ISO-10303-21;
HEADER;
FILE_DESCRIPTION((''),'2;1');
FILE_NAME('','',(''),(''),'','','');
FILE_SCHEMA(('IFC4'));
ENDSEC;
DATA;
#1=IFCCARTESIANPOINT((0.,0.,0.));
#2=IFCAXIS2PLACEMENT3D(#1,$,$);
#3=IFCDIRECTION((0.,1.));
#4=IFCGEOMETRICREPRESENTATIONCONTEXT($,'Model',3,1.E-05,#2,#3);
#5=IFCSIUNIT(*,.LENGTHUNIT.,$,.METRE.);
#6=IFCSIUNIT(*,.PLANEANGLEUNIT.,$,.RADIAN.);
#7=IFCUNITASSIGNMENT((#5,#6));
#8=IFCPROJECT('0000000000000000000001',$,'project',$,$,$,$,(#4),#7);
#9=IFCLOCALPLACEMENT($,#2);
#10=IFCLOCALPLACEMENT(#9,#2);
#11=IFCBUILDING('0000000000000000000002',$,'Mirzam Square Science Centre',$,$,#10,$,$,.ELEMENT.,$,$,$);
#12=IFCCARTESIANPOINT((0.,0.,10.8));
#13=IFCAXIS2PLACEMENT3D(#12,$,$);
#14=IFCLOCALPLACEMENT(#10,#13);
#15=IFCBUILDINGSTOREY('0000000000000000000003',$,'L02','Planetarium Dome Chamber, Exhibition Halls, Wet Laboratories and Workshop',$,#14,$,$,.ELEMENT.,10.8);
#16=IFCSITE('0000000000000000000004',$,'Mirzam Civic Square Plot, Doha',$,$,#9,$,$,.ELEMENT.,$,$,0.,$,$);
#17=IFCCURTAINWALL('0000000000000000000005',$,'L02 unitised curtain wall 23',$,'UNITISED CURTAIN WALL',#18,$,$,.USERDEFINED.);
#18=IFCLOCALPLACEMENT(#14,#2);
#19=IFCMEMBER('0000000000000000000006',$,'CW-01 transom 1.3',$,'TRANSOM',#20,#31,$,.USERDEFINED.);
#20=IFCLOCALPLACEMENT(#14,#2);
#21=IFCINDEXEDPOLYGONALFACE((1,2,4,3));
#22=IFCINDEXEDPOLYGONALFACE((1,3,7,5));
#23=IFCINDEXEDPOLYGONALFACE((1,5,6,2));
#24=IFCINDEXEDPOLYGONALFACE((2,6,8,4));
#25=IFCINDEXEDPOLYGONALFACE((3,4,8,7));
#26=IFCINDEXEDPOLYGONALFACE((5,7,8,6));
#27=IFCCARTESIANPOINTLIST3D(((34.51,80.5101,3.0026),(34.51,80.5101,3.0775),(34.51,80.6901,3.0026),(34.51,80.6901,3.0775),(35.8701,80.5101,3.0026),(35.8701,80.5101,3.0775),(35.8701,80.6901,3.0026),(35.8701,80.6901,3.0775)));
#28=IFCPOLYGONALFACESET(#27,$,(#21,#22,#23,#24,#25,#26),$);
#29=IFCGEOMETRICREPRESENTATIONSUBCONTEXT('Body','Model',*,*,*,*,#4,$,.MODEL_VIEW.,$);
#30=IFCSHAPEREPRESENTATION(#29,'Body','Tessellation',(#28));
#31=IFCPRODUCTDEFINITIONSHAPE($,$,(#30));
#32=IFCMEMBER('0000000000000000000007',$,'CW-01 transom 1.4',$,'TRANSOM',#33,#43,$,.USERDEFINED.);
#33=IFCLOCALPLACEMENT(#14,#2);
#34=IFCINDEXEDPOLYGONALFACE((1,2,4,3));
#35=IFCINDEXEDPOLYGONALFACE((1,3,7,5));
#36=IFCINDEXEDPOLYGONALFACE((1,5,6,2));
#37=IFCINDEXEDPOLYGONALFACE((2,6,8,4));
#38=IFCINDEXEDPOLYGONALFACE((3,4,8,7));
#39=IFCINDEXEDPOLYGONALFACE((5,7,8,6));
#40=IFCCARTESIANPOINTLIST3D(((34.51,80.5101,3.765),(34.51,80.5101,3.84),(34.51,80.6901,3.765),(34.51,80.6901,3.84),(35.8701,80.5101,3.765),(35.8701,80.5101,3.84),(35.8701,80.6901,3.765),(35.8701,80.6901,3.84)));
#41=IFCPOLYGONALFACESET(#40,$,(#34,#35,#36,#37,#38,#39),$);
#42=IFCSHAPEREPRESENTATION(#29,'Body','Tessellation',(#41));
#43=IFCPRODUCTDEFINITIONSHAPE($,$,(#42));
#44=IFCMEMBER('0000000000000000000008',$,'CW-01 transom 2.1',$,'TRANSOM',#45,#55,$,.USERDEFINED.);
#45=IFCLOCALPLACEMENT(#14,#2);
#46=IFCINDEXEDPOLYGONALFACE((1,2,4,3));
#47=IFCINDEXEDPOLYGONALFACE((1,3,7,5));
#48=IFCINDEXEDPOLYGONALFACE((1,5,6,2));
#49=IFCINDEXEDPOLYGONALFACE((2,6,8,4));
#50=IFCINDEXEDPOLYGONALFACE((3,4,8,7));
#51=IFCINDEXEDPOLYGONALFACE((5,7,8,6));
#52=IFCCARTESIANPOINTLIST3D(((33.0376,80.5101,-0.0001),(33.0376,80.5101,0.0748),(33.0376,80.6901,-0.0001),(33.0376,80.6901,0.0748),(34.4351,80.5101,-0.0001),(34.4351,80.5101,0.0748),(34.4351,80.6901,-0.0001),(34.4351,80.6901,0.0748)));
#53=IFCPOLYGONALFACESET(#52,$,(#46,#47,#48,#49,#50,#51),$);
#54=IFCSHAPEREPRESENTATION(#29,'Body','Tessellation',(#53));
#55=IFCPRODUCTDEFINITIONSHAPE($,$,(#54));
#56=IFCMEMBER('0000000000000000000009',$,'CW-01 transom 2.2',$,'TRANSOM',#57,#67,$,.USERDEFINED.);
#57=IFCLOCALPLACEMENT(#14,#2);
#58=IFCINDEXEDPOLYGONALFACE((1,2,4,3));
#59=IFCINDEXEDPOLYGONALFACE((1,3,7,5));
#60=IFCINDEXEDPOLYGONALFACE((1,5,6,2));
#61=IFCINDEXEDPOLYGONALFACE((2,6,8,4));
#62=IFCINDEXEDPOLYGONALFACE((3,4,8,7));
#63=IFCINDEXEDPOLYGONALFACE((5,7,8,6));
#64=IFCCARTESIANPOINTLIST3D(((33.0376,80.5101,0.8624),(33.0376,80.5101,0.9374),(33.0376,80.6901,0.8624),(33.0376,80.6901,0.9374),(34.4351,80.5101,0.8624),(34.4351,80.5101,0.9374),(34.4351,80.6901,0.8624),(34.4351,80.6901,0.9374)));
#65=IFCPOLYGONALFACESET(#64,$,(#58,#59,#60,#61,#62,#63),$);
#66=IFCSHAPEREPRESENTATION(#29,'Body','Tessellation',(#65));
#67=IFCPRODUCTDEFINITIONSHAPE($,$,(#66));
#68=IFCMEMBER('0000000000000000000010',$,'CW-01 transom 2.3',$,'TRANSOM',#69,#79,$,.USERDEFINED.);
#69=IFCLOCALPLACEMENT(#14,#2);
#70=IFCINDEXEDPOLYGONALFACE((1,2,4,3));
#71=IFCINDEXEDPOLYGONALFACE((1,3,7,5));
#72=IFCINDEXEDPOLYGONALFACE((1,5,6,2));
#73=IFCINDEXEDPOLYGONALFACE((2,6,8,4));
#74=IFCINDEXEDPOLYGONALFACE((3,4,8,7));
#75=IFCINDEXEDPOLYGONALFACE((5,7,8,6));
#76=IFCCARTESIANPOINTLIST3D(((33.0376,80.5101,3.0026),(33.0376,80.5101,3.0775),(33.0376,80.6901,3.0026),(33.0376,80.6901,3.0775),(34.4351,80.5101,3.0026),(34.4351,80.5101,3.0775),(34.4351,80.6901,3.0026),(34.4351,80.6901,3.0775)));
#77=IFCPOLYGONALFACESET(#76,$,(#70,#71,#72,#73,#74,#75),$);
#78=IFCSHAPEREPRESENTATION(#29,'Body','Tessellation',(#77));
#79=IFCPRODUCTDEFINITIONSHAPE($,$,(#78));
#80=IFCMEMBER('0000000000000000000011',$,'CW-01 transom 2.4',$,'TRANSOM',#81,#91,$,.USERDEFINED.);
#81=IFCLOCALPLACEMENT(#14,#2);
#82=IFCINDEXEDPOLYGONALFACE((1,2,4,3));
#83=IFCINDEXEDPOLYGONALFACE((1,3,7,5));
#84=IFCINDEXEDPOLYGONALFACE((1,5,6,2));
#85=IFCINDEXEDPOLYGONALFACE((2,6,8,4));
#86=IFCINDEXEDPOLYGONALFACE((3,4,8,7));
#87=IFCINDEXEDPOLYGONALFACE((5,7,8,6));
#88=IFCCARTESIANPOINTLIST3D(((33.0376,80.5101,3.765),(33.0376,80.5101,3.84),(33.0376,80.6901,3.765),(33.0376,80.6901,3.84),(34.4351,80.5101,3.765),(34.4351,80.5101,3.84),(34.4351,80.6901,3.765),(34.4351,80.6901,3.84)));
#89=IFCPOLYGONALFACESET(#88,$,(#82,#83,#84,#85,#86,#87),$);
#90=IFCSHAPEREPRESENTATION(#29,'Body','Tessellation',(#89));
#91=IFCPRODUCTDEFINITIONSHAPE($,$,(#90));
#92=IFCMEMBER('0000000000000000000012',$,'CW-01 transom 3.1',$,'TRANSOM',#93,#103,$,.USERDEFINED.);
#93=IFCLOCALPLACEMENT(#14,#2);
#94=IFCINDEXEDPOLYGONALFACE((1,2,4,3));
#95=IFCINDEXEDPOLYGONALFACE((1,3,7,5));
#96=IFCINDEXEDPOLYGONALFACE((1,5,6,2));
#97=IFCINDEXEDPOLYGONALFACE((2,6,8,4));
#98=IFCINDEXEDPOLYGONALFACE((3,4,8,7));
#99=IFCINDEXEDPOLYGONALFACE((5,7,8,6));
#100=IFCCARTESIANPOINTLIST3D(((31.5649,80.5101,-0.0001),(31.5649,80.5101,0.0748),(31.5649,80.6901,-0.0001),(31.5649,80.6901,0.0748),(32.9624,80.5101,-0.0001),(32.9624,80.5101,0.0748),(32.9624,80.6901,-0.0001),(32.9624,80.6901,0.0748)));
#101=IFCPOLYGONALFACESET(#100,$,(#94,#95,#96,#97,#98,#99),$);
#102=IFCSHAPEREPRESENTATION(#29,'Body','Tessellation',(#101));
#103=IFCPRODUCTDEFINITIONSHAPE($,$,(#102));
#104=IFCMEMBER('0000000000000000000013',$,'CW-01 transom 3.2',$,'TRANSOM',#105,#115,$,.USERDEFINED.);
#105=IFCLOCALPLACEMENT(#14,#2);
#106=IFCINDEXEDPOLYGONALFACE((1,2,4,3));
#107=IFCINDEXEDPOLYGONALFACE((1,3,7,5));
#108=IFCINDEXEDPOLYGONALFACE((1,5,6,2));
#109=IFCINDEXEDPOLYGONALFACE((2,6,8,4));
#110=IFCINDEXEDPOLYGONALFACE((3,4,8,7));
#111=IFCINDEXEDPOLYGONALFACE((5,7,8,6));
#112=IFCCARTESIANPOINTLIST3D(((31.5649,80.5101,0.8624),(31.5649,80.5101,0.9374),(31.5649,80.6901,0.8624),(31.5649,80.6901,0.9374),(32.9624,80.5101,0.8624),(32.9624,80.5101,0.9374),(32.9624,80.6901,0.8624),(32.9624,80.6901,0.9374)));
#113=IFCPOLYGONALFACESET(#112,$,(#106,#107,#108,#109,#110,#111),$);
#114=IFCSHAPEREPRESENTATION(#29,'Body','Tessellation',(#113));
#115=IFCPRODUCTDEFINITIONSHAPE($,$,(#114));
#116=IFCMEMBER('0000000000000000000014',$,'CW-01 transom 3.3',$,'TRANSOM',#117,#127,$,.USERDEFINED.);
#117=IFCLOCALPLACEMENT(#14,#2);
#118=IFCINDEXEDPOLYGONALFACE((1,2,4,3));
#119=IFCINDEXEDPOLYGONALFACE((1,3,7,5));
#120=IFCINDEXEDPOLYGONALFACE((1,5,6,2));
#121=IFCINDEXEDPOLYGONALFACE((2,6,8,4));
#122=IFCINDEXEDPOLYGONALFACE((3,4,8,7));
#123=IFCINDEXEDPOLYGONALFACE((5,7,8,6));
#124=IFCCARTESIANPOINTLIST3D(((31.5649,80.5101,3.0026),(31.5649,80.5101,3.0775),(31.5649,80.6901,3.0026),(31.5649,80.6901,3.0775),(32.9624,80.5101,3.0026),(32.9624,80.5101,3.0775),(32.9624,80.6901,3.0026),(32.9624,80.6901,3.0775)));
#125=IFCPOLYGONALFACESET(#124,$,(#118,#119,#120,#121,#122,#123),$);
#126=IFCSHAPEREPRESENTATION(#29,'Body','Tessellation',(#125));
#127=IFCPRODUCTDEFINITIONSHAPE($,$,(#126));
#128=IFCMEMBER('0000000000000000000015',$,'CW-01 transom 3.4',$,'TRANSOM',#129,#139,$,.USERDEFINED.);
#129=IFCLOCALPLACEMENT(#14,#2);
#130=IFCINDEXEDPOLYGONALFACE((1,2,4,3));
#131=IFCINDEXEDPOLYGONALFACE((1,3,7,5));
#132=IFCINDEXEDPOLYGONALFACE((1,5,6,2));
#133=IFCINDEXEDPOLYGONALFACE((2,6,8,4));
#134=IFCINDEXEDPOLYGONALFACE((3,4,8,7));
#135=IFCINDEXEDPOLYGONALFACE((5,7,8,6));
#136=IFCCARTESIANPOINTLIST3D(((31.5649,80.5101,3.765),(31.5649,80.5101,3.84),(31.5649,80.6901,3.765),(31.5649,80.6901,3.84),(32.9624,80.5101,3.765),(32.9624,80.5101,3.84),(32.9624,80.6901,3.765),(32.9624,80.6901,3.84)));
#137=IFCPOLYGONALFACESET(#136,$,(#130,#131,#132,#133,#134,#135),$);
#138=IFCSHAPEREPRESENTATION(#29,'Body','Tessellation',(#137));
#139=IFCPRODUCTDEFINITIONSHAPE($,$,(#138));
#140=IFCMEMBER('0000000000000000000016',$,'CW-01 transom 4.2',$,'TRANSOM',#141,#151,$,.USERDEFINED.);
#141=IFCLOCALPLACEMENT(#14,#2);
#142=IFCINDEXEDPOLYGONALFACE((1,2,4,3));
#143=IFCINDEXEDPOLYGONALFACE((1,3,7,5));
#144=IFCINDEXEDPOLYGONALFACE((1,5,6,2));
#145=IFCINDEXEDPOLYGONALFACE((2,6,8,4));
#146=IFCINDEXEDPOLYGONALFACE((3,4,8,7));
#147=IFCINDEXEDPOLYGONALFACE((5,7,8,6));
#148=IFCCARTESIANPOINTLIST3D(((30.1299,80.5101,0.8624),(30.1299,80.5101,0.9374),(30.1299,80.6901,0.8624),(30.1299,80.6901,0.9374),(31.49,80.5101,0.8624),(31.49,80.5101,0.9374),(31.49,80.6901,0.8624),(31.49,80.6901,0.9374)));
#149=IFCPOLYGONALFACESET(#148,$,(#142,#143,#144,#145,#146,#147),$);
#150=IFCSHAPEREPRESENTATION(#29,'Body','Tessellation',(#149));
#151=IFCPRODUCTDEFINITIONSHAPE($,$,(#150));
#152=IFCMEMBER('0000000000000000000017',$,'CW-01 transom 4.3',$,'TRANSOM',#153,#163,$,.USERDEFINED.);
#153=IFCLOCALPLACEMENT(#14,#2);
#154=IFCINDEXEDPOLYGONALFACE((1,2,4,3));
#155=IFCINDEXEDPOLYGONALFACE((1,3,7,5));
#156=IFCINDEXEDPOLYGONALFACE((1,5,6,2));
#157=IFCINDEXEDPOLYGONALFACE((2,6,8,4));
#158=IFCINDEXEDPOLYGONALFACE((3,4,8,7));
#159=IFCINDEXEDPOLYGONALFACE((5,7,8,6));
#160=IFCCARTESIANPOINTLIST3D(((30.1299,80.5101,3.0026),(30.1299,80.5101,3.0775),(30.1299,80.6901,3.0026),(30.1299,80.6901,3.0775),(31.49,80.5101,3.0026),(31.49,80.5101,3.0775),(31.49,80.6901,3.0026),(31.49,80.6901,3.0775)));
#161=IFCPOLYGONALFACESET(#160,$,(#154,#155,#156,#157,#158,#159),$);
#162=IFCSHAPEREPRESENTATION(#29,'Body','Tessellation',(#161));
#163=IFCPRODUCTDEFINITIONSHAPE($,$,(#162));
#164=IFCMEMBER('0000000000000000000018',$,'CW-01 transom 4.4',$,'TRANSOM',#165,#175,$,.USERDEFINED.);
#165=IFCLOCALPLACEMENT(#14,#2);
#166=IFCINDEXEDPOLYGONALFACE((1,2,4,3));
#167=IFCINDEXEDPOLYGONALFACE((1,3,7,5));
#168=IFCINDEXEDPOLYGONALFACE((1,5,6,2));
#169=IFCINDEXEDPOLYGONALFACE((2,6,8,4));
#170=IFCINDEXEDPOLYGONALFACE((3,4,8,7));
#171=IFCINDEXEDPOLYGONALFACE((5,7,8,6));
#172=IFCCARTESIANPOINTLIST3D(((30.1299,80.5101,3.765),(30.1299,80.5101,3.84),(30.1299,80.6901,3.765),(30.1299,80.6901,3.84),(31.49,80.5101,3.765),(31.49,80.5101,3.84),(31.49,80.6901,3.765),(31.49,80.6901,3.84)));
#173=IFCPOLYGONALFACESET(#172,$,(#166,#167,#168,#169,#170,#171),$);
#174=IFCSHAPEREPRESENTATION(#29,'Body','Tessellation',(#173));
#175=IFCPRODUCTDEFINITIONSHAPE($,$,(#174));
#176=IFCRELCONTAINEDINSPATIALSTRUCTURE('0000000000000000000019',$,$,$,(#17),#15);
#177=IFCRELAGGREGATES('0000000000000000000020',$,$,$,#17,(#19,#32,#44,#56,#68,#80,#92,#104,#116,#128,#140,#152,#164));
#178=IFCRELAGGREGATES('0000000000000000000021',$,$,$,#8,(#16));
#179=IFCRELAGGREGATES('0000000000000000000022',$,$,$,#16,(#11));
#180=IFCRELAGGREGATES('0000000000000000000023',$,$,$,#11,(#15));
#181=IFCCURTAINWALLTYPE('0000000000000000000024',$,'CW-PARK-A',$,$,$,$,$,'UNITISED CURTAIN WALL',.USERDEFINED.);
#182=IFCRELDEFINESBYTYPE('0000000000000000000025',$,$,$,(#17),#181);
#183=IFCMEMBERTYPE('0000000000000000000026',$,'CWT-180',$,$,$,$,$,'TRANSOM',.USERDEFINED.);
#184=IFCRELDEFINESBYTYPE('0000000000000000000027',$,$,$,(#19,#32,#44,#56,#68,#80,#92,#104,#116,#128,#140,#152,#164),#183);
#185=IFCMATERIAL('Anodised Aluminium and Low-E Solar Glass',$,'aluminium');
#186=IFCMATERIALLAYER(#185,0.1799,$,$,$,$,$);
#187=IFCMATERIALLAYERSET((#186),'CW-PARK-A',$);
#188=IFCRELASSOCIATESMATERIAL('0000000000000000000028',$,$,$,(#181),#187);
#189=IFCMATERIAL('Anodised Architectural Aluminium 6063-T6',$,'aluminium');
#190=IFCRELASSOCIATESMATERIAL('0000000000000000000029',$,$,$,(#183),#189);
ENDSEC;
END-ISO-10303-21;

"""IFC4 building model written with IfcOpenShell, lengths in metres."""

from ifc_helpers import new_model, si_unit, direction, frame, origin, origin_2d, place, context, subcontext, project, spatial, rectangle, extrude, material, layer, layer_set, material_profile, profile_set, type_object, element, aggregate, save


model = new_model("IFC4")

# Units and contexts
model_context = context("Model", 3, precision=1e-05, world=origin(), true_north=direction((0.0, 1.0)))
body_context = subcontext(model_context, "Body", "Model", "MODEL_VIEW")
ifc_project = project(units=[si_unit("LENGTHUNIT", "METRE"), si_unit("PLANEANGLEUNIT", "RADIAN")], contexts=[model_context])

# Site, building, storey
site_placement = place(None, origin())
site = spatial("IfcSite", under=ifc_project, at=site_placement, Name="Mirzam Civic Square Plot, Doha", CompositionType="ELEMENT", RefElevation=0.0)
building_placement = place(site_placement, origin())
building = spatial("IfcBuilding", under=site, at=building_placement, Name="Mirzam Square Science Centre", CompositionType="ELEMENT")
storey_placement = place(building_placement, frame((0.0, 0.0, 10.8)))
storey = spatial("IfcBuildingStorey", under=building, at=storey_placement, Name="L02", Description="Planetarium Dome Chamber, Exhibition Halls, Wet Laboratories and Workshop", CompositionType="ELEMENT", Elevation=10.8)

# Curtain wall, members
ifc_material_1 = material(Name="Anodised Aluminium and Low-E Solar Glass", Category="aluminium")
ifc_layer_1 = layer(ifc_material_1, 0.1799)
ifc_layer_set_1 = layer_set([ifc_layer_1], Name="CW-PARK-A")
curtain_wall_type = type_object("IfcCurtainWallType", Name="CW-PARK-A", ElementType="UNITISED CURTAIN WALL", PredefinedType="USERDEFINED", material=ifc_layer_set_1)
curtain_wall_placement = place(storey_placement, origin())
curtain_wall = element("IfcCurtainWall", 1, at=curtain_wall_placement, inside=storey, type_object=curtain_wall_type, Name="L02 unitised curtain wall 23", ObjectType="UNITISED CURTAIN WALL", PredefinedType="USERDEFINED")
ifc_material_2 = material(Name="Anodised Architectural Aluminium 6063-T6", Category="aluminium")
ifc_material_profile_1 = material_profile(ifc_material_2, rectangle(XDim=0.1799, YDim=0.075, at=origin_2d()), Name="ALU-TRAN-180x75x5")
ifc_profile_set_1 = profile_set([ifc_material_profile_1], Name="Anodised Architectural Aluminium 6063-T6")
member_type_1 = type_object("IfcMemberType", Name="CWT-180", ElementType="TRANSOM", PredefinedType="USERDEFINED", material=ifc_profile_set_1)
member_1_placement = place(storey_placement, frame((35.8701, 80.6001, 3.04), z_axis=(-1.0, 0.0, 0.0), x_axis=(0.0, -1.0, 0.0)))
member_1 = element("IfcMember", 2, at=member_1_placement, type_object=member_type_1, Name="CW-01 transom 1.3", ObjectType="TRANSOM", PredefinedType="USERDEFINED", context=body_context, shape_type="SweptSolid", body=[
    extrude(rectangle(XDim=0.1799, YDim=0.075, at=origin_2d()), origin(), (0.0, 0.0, 1.0), 1.3601),
])
member_2_placement = place(storey_placement, frame((35.8701, 80.6001, 3.8025), z_axis=(-1.0, 0.0, 0.0), x_axis=(0.0, -1.0, 0.0)))
member_2 = element("IfcMember", 3, at=member_2_placement, type_object=member_type_1, Name="CW-01 transom 1.4", ObjectType="TRANSOM", PredefinedType="USERDEFINED", context=body_context, shape_type="SweptSolid", body=[
    extrude(rectangle(XDim=0.1799, YDim=0.075, at=origin_2d()), origin(), (0.0, 0.0, 1.0), 1.3601),
])
member_3_placement = place(storey_placement, frame((34.4351, 80.6001, 0.0374), z_axis=(-1.0, 0.0, 0.0), x_axis=(0.0, -1.0, 0.0)))
member_3 = element("IfcMember", 4, at=member_3_placement, type_object=member_type_1, Name="CW-01 transom 2.1", ObjectType="TRANSOM", PredefinedType="USERDEFINED", context=body_context, shape_type="SweptSolid", body=[
    extrude(rectangle(XDim=0.1799, YDim=0.075, at=origin_2d()), origin(), (0.0, 0.0, 1.0), 1.3975),
])
member_4_placement = place(storey_placement, frame((34.4351, 80.6001, 0.8999), z_axis=(-1.0, 0.0, 0.0), x_axis=(0.0, -1.0, 0.0)))
member_4 = element("IfcMember", 5, at=member_4_placement, type_object=member_type_1, Name="CW-01 transom 2.2", ObjectType="TRANSOM", PredefinedType="USERDEFINED", context=body_context, shape_type="SweptSolid", body=[
    extrude(rectangle(XDim=0.1799, YDim=0.075, at=origin_2d()), origin(), (0.0, 0.0, 1.0), 1.3975),
])
member_5_placement = place(storey_placement, frame((34.4351, 80.6001, 3.04), z_axis=(-1.0, 0.0, 0.0), x_axis=(0.0, -1.0, 0.0)))
member_5 = element("IfcMember", 6, at=member_5_placement, type_object=member_type_1, Name="CW-01 transom 2.3", ObjectType="TRANSOM", PredefinedType="USERDEFINED", context=body_context, shape_type="SweptSolid", body=[
    extrude(rectangle(XDim=0.1799, YDim=0.075, at=origin_2d()), origin(), (0.0, 0.0, 1.0), 1.3975),
])
member_6_placement = place(storey_placement, frame((34.4351, 80.6001, 3.8025), z_axis=(-1.0, 0.0, 0.0), x_axis=(0.0, -1.0, 0.0)))
member_6 = element("IfcMember", 7, at=member_6_placement, type_object=member_type_1, Name="CW-01 transom 2.4", ObjectType="TRANSOM", PredefinedType="USERDEFINED", context=body_context, shape_type="SweptSolid", body=[
    extrude(rectangle(XDim=0.1799, YDim=0.075, at=origin_2d()), origin(), (0.0, 0.0, 1.0), 1.3975),
])
member_7_placement = place(storey_placement, frame((32.9624, 80.6001, 0.0374), z_axis=(-1.0, 0.0, 0.0), x_axis=(0.0, -1.0, 0.0)))
member_7 = element("IfcMember", 8, at=member_7_placement, type_object=member_type_1, Name="CW-01 transom 3.1", ObjectType="TRANSOM", PredefinedType="USERDEFINED", context=body_context, shape_type="SweptSolid", body=[
    extrude(rectangle(XDim=0.1799, YDim=0.075, at=origin_2d()), origin(), (0.0, 0.0, 1.0), 1.3975),
])
member_8_placement = place(storey_placement, frame((32.9624, 80.6001, 0.8999), z_axis=(-1.0, 0.0, 0.0), x_axis=(0.0, -1.0, 0.0)))
member_8 = element("IfcMember", 9, at=member_8_placement, type_object=member_type_1, Name="CW-01 transom 3.2", ObjectType="TRANSOM", PredefinedType="USERDEFINED", context=body_context, shape_type="SweptSolid", body=[
    extrude(rectangle(XDim=0.1799, YDim=0.075, at=origin_2d()), origin(), (0.0, 0.0, 1.0), 1.3975),
])
member_9_placement = place(storey_placement, frame((32.9624, 80.6001, 3.04), z_axis=(-1.0, 0.0, 0.0), x_axis=(0.0, -1.0, 0.0)))
member_9 = element("IfcMember", 10, at=member_9_placement, type_object=member_type_1, Name="CW-01 transom 3.3", ObjectType="TRANSOM", PredefinedType="USERDEFINED", context=body_context, shape_type="SweptSolid", body=[
    extrude(rectangle(XDim=0.1799, YDim=0.075, at=origin_2d()), origin(), (0.0, 0.0, 1.0), 1.3975),
])
member_10_placement = place(storey_placement, frame((32.9624, 80.6001, 3.8025), z_axis=(-1.0, 0.0, 0.0), x_axis=(0.0, -1.0, 0.0)))
member_10 = element("IfcMember", 11, at=member_10_placement, type_object=member_type_1, Name="CW-01 transom 3.4", ObjectType="TRANSOM", PredefinedType="USERDEFINED", context=body_context, shape_type="SweptSolid", body=[
    extrude(rectangle(XDim=0.1799, YDim=0.075, at=origin_2d()), origin(), (0.0, 0.0, 1.0), 1.3975),
])
member_11_placement = place(storey_placement, frame((31.49, 80.6001, 0.8999), z_axis=(-1.0, 0.0, 0.0), x_axis=(0.0, -1.0, 0.0)))
member_11 = element("IfcMember", 12, at=member_11_placement, type_object=member_type_1, Name="CW-01 transom 4.2", ObjectType="TRANSOM", PredefinedType="USERDEFINED", context=body_context, shape_type="SweptSolid", body=[
    extrude(rectangle(XDim=0.1799, YDim=0.075, at=origin_2d()), origin(), (0.0, 0.0, 1.0), 1.3601),
])
member_12_placement = place(storey_placement, frame((31.49, 80.6001, 3.04), z_axis=(-1.0, 0.0, 0.0), x_axis=(0.0, -1.0, 0.0)))
member_12 = element("IfcMember", 13, at=member_12_placement, type_object=member_type_1, Name="CW-01 transom 4.3", ObjectType="TRANSOM", PredefinedType="USERDEFINED", context=body_context, shape_type="SweptSolid", body=[
    extrude(rectangle(XDim=0.1799, YDim=0.075, at=origin_2d()), origin(), (0.0, 0.0, 1.0), 1.3601),
])
member_13_placement = place(storey_placement, frame((31.49, 80.6001, 3.8025), z_axis=(-1.0, 0.0, 0.0), x_axis=(0.0, -1.0, 0.0)))
member_13 = element("IfcMember", 14, at=member_13_placement, type_object=member_type_1, Name="CW-01 transom 4.4", ObjectType="TRANSOM", PredefinedType="USERDEFINED", context=body_context, shape_type="SweptSolid", body=[
    extrude(rectangle(XDim=0.1799, YDim=0.075, at=origin_2d()), origin(), (0.0, 0.0, 1.0), 1.3601),
])

aggregate(curtain_wall, [member_1, member_2, member_3, member_4, member_5, member_6, member_7, member_8, member_9, member_10, member_11, member_12, member_13])

save(model, "model.ifc")
